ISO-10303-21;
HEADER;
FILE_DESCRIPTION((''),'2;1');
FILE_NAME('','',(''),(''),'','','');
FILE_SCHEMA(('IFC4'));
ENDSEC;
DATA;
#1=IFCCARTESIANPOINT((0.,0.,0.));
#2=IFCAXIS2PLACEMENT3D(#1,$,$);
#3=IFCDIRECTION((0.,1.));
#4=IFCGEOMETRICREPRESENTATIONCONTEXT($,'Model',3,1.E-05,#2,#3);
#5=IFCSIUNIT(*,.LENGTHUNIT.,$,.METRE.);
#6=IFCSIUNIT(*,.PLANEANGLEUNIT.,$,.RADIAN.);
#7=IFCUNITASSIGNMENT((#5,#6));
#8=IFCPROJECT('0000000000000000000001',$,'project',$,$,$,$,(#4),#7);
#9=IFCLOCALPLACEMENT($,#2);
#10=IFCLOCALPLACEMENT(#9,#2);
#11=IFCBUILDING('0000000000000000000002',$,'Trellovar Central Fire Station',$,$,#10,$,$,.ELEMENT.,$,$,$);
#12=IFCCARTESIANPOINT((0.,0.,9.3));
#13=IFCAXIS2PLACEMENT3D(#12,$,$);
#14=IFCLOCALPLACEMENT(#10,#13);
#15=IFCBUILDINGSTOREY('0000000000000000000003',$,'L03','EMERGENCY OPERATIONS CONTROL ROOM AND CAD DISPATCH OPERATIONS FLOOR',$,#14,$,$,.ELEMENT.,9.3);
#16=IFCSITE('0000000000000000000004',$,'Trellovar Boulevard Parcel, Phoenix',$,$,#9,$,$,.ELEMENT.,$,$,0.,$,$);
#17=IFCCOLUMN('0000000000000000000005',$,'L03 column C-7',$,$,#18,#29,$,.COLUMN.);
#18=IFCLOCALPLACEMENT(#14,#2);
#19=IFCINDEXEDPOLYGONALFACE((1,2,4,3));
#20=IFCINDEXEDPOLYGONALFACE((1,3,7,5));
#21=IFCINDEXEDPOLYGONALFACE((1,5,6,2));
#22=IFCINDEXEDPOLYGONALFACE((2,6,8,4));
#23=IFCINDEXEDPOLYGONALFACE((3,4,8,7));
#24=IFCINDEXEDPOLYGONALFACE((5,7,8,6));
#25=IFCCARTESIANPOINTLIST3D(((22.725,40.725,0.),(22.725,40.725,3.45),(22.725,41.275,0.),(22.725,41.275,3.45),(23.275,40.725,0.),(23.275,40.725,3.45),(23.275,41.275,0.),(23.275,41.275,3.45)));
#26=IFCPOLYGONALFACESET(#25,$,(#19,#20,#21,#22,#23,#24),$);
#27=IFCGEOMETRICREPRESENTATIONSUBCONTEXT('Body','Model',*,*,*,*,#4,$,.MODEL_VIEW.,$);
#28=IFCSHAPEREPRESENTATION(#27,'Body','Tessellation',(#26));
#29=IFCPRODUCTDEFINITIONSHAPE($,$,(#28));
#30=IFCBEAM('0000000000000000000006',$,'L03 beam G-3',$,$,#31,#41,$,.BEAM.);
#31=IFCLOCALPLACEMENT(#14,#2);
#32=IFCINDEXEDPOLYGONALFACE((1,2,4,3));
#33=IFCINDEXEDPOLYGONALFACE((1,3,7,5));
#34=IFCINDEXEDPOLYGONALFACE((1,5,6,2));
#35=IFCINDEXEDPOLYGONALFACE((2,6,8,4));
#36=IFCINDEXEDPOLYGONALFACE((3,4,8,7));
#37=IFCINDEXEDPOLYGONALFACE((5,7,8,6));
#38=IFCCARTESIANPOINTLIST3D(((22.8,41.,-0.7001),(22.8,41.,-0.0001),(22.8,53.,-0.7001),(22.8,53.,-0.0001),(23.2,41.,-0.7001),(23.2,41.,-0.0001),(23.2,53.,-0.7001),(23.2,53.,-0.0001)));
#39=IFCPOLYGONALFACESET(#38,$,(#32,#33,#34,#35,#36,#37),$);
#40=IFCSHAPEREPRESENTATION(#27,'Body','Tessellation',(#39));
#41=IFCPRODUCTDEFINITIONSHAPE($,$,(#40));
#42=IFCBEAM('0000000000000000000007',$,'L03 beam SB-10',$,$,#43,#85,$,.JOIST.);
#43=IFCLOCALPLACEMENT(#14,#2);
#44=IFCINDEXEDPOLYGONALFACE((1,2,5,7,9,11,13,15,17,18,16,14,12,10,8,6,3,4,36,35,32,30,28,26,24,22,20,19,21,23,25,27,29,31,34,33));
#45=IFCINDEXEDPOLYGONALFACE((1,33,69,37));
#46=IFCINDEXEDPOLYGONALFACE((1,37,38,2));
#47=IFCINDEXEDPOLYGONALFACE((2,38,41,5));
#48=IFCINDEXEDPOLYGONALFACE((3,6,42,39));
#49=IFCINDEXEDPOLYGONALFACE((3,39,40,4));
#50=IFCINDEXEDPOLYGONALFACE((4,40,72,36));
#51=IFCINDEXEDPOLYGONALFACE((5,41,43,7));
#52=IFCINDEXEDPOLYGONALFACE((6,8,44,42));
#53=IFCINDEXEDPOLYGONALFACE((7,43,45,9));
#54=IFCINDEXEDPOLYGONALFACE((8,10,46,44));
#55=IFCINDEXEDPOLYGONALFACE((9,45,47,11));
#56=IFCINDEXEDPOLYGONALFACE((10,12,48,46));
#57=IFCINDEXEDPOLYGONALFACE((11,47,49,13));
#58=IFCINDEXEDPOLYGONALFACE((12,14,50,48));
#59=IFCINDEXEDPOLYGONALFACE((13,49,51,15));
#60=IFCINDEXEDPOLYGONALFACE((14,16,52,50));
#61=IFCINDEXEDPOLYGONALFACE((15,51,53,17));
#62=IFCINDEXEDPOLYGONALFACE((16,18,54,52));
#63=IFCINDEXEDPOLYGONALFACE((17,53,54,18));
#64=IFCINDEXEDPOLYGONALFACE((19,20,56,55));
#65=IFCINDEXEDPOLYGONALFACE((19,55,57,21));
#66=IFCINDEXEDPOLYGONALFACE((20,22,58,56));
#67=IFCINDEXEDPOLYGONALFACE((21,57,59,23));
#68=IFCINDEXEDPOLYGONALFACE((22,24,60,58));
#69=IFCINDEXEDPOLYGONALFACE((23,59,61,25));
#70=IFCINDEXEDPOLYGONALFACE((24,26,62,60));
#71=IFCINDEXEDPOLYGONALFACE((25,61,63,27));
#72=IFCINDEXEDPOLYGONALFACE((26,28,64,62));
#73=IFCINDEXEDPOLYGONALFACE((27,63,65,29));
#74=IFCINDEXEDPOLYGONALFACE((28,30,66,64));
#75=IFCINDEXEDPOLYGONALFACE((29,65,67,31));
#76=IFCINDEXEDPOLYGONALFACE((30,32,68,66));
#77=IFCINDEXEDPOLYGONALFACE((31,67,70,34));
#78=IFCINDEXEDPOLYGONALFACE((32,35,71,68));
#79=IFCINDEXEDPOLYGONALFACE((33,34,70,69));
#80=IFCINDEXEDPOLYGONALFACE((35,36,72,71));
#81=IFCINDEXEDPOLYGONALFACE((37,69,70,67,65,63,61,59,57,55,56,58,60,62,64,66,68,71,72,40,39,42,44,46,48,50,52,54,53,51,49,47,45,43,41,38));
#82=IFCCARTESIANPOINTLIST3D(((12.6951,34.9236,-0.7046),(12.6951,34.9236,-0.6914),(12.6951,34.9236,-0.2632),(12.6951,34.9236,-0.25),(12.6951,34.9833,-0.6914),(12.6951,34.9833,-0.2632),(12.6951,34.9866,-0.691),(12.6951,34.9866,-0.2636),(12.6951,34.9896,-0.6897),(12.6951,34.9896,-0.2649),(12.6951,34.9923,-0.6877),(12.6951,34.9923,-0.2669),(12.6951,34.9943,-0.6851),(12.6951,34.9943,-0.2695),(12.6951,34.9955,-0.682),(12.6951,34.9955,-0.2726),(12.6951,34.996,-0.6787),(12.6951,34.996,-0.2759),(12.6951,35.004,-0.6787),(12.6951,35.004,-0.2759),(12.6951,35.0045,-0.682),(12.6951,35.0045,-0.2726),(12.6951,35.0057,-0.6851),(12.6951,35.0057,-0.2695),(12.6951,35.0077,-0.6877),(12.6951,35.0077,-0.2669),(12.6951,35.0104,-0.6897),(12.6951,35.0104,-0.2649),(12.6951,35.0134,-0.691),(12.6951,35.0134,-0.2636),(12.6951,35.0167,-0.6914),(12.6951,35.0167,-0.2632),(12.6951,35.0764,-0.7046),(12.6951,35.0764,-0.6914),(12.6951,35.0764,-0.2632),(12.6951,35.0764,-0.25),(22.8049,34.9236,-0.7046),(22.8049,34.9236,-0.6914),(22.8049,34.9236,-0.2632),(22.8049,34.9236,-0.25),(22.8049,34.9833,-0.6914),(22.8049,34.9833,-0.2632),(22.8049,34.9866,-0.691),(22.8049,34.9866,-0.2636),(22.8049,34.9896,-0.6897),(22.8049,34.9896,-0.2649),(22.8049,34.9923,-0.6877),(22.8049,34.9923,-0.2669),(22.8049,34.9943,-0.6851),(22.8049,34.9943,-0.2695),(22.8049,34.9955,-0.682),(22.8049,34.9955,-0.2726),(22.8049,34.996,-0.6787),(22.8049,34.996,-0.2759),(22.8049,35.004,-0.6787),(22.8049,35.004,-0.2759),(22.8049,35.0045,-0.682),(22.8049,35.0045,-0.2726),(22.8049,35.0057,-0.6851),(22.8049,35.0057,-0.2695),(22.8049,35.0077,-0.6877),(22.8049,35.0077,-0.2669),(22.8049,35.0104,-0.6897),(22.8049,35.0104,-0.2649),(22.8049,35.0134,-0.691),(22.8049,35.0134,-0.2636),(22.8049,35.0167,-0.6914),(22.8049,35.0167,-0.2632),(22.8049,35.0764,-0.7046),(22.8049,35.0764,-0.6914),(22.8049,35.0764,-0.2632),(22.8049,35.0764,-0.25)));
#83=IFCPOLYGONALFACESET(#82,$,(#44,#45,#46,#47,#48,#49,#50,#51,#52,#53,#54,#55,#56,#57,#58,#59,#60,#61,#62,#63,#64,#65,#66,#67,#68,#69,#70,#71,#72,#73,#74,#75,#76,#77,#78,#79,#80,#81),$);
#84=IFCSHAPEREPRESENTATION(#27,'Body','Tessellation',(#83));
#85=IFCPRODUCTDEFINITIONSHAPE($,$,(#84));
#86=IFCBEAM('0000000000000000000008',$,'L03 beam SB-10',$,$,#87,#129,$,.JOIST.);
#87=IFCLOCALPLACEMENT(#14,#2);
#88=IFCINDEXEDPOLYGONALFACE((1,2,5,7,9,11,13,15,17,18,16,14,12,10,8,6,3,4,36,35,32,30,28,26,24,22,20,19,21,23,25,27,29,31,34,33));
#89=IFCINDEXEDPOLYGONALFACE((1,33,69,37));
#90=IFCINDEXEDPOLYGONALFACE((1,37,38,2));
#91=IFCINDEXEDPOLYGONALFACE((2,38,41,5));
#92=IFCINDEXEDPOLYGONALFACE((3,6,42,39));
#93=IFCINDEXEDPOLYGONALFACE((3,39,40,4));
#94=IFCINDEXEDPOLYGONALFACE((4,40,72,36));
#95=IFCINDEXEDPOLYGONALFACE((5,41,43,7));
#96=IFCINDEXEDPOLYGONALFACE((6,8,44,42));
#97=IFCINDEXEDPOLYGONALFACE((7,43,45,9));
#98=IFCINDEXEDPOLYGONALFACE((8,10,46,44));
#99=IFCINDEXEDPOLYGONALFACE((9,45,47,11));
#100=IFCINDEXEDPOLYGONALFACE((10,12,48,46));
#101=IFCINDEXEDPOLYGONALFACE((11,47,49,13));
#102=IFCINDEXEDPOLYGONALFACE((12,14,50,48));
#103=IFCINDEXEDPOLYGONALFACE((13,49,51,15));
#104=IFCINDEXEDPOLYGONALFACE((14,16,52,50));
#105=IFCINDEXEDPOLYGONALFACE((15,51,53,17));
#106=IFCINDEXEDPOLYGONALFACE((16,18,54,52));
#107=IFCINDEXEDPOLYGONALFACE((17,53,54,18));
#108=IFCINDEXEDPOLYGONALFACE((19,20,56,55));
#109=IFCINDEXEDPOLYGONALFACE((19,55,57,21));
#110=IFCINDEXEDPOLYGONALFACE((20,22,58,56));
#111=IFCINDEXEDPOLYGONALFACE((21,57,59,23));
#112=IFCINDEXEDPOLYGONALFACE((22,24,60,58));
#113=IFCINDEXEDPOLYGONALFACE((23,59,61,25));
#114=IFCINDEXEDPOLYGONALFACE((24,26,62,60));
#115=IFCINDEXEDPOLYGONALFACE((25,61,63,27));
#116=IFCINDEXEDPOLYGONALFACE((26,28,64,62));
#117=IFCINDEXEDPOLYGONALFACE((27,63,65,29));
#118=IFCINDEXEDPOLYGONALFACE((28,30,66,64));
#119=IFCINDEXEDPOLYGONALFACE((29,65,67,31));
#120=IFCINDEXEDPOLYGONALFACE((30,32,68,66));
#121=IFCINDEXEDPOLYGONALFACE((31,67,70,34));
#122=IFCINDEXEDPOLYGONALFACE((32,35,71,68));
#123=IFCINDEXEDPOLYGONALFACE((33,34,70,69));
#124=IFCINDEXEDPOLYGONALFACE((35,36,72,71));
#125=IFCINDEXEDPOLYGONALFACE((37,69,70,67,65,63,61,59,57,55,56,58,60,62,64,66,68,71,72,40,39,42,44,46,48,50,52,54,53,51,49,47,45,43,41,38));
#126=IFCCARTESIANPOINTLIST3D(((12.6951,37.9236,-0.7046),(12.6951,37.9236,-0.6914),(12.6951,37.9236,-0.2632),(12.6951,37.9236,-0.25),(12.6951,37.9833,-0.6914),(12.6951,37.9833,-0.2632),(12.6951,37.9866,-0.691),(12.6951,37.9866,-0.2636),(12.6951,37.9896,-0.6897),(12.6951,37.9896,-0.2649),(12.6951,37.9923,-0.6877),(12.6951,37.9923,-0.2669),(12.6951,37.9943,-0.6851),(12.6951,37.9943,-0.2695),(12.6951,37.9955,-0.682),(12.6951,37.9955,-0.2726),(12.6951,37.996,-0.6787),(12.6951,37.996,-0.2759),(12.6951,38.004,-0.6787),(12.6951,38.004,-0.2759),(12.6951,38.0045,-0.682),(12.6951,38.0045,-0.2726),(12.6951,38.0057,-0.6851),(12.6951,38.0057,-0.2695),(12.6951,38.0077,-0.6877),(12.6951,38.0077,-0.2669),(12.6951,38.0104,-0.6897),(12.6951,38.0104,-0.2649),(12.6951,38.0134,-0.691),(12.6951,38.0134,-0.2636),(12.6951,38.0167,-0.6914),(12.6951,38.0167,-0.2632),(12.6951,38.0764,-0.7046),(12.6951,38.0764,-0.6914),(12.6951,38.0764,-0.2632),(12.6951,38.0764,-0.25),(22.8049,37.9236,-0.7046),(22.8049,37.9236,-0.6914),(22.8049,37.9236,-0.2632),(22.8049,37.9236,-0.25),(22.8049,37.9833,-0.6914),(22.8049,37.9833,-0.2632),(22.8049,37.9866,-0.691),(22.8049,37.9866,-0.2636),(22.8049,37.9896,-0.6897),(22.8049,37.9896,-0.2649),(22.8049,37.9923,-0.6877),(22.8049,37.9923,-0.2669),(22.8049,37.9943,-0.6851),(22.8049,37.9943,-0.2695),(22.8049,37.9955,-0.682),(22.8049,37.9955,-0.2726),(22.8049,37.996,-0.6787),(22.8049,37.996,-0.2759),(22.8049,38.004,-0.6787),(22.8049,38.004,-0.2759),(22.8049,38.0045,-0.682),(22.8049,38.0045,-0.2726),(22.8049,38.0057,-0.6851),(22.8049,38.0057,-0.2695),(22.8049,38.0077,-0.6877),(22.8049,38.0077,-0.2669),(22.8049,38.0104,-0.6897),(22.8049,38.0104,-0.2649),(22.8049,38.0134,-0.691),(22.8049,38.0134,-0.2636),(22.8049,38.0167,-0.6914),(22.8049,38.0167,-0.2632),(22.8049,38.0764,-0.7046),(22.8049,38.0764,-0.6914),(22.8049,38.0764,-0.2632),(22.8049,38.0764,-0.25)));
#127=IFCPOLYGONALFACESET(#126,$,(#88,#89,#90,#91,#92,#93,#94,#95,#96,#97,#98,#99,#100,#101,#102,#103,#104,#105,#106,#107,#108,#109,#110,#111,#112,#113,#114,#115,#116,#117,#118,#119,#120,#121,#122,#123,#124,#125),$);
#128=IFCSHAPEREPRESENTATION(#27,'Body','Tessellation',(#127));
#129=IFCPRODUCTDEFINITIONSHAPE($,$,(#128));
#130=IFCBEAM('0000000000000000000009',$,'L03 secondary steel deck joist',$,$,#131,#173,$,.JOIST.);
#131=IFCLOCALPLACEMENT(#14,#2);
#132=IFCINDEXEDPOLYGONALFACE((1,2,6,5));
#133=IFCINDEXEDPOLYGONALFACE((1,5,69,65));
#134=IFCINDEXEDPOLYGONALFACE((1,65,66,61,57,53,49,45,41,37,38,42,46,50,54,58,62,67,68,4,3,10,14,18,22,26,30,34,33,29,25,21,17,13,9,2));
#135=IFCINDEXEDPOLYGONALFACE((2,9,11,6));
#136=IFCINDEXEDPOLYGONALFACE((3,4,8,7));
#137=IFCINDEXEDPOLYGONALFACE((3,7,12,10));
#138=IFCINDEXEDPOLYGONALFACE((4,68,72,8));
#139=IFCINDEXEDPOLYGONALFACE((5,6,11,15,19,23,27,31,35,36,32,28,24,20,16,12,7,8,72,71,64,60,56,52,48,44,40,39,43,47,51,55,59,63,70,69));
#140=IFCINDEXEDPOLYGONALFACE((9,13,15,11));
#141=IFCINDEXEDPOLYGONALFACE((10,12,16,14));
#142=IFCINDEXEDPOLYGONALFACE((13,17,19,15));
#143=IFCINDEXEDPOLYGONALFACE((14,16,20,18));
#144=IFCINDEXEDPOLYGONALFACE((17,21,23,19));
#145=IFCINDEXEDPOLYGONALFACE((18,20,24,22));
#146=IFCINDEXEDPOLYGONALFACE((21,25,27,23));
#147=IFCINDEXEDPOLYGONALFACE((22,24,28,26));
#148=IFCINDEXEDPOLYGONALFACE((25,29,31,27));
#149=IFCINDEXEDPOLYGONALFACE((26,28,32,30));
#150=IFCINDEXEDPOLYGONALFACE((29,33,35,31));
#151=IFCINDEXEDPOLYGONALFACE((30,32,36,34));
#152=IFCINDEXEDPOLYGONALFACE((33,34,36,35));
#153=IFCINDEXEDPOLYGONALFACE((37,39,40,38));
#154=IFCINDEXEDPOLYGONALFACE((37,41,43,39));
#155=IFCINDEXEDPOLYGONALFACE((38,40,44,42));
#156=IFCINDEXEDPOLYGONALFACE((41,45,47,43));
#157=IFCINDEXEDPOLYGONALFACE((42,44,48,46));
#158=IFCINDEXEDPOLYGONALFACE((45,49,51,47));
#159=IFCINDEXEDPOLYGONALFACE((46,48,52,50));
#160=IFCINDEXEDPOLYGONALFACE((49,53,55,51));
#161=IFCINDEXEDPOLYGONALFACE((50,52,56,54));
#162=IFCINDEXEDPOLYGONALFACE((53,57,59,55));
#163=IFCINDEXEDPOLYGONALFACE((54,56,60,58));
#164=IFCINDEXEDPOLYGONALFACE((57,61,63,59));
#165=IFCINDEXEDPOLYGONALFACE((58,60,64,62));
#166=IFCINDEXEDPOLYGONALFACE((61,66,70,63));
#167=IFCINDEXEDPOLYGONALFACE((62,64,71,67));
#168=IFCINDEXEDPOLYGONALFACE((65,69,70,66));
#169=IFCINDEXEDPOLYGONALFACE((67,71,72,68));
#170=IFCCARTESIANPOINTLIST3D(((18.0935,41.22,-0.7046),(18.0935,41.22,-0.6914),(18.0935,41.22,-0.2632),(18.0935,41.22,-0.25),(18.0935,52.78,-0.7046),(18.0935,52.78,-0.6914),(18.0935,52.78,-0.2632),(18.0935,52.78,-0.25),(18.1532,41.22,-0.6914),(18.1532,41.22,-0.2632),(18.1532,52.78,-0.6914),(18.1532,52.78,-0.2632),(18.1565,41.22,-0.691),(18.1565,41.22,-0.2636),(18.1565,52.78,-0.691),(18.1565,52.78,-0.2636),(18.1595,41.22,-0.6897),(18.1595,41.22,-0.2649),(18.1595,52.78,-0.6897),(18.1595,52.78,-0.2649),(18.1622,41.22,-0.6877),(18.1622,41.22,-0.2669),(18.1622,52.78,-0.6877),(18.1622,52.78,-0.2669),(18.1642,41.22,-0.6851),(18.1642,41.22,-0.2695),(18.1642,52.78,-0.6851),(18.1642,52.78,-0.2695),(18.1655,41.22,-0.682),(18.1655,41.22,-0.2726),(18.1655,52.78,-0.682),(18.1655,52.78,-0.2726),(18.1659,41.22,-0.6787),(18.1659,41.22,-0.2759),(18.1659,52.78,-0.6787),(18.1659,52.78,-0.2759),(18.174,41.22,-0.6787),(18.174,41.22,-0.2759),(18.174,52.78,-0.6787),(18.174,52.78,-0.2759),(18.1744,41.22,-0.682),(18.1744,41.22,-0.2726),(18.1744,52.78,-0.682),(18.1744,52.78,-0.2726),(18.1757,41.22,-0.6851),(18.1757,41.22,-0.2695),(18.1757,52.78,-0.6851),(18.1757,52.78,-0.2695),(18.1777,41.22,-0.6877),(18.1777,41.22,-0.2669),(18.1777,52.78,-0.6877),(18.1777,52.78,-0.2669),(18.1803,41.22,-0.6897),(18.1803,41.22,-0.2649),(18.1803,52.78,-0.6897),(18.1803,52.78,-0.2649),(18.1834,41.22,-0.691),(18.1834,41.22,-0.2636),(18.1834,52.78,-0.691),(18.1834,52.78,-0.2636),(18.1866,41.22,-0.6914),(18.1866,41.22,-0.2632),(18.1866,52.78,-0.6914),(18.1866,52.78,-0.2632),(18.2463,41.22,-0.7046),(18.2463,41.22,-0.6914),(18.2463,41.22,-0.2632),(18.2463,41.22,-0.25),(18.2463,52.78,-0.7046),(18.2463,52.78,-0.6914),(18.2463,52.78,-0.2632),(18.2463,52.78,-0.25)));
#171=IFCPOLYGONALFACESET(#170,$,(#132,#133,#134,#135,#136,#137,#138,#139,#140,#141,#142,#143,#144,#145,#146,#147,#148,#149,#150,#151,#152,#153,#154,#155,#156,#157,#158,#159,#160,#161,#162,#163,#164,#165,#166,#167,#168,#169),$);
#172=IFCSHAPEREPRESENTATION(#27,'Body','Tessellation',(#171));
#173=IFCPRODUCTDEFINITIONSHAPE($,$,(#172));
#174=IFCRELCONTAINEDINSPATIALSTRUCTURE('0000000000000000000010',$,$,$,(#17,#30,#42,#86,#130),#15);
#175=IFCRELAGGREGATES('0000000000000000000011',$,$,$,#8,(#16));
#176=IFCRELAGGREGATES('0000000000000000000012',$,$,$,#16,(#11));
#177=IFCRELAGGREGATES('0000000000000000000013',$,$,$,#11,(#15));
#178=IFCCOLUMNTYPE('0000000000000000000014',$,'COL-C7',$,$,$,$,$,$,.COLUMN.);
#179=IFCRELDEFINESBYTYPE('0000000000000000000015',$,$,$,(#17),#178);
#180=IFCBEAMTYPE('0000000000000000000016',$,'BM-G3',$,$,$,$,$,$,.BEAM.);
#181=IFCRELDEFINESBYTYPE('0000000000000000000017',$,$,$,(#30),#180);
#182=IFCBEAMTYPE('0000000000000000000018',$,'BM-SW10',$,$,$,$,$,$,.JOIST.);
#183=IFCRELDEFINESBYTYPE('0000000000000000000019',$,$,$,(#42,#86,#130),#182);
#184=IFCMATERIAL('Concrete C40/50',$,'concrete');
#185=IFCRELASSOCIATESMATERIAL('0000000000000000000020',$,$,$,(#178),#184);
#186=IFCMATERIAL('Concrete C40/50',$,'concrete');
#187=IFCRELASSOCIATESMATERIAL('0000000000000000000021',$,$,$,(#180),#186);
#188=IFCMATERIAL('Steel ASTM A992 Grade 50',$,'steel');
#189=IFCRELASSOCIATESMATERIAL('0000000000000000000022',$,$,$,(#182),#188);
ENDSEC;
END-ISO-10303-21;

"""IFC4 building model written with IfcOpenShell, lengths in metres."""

from ifc_helpers import new_model, si_unit, direction, frame, origin, origin_2d, place, context, subcontext, project, spatial, rectangle, i_section, extrude, material, material_profile, profile_set, type_object, element, save


model = new_model("IFC4")

# Units and contexts
model_context = context("Model", 3, precision=1e-05, world=origin(), true_north=direction((0.0, 1.0)))
body_context = subcontext(model_context, "Body", "Model", "MODEL_VIEW")
ifc_project = project(units=[si_unit("LENGTHUNIT", "METRE"), si_unit("PLANEANGLEUNIT", "RADIAN")], contexts=[model_context])

# Site, building, storey
site_placement = place(None, origin())
site = spatial("IfcSite", under=ifc_project, at=site_placement, Name="Trellovar Boulevard Parcel, Phoenix", CompositionType="ELEMENT", RefElevation=0.0)
building_placement = place(site_placement, origin())
building = spatial("IfcBuilding", under=site, at=building_placement, Name="Trellovar Central Fire Station", CompositionType="ELEMENT")
storey_placement = place(building_placement, frame((0.0, 0.0, 9.3)))
storey = spatial("IfcBuildingStorey", under=building, at=storey_placement, Name="L03", Description="EMERGENCY OPERATIONS CONTROL ROOM AND CAD DISPATCH OPERATIONS FLOOR", CompositionType="ELEMENT", Elevation=9.3)

# Column
ifc_material_1 = material(Name="Concrete C40/50", Category="concrete")
ifc_material_profile_1 = material_profile(ifc_material_1, rectangle(XDim=0.55, YDim=0.55, at=origin_2d()), Name="RC550X550")
ifc_profile_set_1 = profile_set([ifc_material_profile_1], Name="Concrete C40/50")
column_type = type_object("IfcColumnType", Name="COL-C7", PredefinedType="COLUMN", material=ifc_profile_set_1)
column_placement = place(storey_placement, frame((23.0, 41.0, 0.0), z_axis=(0.0, 0.0, 1.0), x_axis=(1.0, 0.0, 0.0)))
element("IfcColumn", 1, at=column_placement, inside=storey, type_object=column_type, Name="L03 column C-7", PredefinedType="COLUMN", context=body_context, shape_type="SweptSolid", body=[
    extrude(rectangle(XDim=0.55, YDim=0.55, at=origin_2d()), origin(), (0.0, 0.0, 1.0), 3.45),
])

# Beams
ifc_material_2 = material(Name="Concrete C40/50", Category="concrete")
ifc_material_profile_2 = material_profile(ifc_material_2, rectangle(XDim=0.3999, YDim=0.7, at=origin_2d()), Name="RC400X700")
ifc_profile_set_2 = profile_set([ifc_material_profile_2], Name="Concrete C40/50")
beam_type_1 = type_object("IfcBeamType", Name="BM-G3", PredefinedType="BEAM", material=ifc_profile_set_2)
beam_1_placement = place(storey_placement, frame((23.0, 41.0, -0.3501), z_axis=(0.0, 1.0, 0.0), x_axis=(-1.0, 0.0, 0.0)))
element("IfcBeam", 2, at=beam_1_placement, inside=storey, type_object=beam_type_1, Name="L03 beam G-3", PredefinedType="BEAM", context=body_context, shape_type="SweptSolid", body=[
    extrude(rectangle(XDim=0.3999, YDim=0.7, at=origin_2d()), origin(), (0.0, 0.0, 1.0), 12.0),
])
ifc_material_3 = material(Name="Steel ASTM A992 Grade 50", Category="steel")
ifc_material_profile_3 = material_profile(ifc_material_3, i_section(OverallWidth=0.1528, OverallDepth=0.4546, WebThickness=0.0081, FlangeThickness=0.0132, FilletRadius=0.0127, at=origin_2d()), Name="W18X40")
ifc_profile_set_3 = profile_set([ifc_material_profile_3], Name="Steel ASTM A992 Grade 50")
beam_type_2 = type_object("IfcBeamType", Name="BM-SW10", PredefinedType="JOIST", material=ifc_profile_set_3)
for number, where, z_axis, x_axis, name in (
    (3, (12.6951, 35.0, -0.4773), (1.0, 0.0, 0.0), (0.0, 1.0, 0.0), "L03 beam SB-10"),
    (4, (12.6951, 38.0, -0.4773), (1.0, 0.0, 0.0), (0.0, 1.0, 0.0), "L03 beam SB-10"),
):
    element("IfcBeam", number, at=place(storey_placement, frame(where, z_axis=z_axis, x_axis=x_axis)), inside=storey, type_object=beam_type_2, Name=name, PredefinedType="JOIST", context=body_context, shape_type="SweptSolid", body=[
        extrude(i_section(OverallWidth=0.1528, OverallDepth=0.4546, WebThickness=0.0081, FlangeThickness=0.0132, FilletRadius=0.0127, at=origin_2d()), origin(), (0.0, 0.0, 1.0), 10.1099),
    ])
beam_2_placement = place(storey_placement, frame((18.1699, 41.22, -0.4773), z_axis=(0.0, 1.0, 0.0), x_axis=(-1.0, 0.0, 0.0)))
element("IfcBeam", 5, at=beam_2_placement, inside=storey, type_object=beam_type_2, Name="L03 secondary steel deck joist", PredefinedType="JOIST", context=body_context, shape_type="SweptSolid", body=[
    extrude(i_section(OverallWidth=0.1528, OverallDepth=0.4546, WebThickness=0.0081, FlangeThickness=0.0132, FilletRadius=0.0127, at=origin_2d()), origin(), (0.0, 0.0, 1.0), 11.5601),
])

save(model, "model.ifc")
